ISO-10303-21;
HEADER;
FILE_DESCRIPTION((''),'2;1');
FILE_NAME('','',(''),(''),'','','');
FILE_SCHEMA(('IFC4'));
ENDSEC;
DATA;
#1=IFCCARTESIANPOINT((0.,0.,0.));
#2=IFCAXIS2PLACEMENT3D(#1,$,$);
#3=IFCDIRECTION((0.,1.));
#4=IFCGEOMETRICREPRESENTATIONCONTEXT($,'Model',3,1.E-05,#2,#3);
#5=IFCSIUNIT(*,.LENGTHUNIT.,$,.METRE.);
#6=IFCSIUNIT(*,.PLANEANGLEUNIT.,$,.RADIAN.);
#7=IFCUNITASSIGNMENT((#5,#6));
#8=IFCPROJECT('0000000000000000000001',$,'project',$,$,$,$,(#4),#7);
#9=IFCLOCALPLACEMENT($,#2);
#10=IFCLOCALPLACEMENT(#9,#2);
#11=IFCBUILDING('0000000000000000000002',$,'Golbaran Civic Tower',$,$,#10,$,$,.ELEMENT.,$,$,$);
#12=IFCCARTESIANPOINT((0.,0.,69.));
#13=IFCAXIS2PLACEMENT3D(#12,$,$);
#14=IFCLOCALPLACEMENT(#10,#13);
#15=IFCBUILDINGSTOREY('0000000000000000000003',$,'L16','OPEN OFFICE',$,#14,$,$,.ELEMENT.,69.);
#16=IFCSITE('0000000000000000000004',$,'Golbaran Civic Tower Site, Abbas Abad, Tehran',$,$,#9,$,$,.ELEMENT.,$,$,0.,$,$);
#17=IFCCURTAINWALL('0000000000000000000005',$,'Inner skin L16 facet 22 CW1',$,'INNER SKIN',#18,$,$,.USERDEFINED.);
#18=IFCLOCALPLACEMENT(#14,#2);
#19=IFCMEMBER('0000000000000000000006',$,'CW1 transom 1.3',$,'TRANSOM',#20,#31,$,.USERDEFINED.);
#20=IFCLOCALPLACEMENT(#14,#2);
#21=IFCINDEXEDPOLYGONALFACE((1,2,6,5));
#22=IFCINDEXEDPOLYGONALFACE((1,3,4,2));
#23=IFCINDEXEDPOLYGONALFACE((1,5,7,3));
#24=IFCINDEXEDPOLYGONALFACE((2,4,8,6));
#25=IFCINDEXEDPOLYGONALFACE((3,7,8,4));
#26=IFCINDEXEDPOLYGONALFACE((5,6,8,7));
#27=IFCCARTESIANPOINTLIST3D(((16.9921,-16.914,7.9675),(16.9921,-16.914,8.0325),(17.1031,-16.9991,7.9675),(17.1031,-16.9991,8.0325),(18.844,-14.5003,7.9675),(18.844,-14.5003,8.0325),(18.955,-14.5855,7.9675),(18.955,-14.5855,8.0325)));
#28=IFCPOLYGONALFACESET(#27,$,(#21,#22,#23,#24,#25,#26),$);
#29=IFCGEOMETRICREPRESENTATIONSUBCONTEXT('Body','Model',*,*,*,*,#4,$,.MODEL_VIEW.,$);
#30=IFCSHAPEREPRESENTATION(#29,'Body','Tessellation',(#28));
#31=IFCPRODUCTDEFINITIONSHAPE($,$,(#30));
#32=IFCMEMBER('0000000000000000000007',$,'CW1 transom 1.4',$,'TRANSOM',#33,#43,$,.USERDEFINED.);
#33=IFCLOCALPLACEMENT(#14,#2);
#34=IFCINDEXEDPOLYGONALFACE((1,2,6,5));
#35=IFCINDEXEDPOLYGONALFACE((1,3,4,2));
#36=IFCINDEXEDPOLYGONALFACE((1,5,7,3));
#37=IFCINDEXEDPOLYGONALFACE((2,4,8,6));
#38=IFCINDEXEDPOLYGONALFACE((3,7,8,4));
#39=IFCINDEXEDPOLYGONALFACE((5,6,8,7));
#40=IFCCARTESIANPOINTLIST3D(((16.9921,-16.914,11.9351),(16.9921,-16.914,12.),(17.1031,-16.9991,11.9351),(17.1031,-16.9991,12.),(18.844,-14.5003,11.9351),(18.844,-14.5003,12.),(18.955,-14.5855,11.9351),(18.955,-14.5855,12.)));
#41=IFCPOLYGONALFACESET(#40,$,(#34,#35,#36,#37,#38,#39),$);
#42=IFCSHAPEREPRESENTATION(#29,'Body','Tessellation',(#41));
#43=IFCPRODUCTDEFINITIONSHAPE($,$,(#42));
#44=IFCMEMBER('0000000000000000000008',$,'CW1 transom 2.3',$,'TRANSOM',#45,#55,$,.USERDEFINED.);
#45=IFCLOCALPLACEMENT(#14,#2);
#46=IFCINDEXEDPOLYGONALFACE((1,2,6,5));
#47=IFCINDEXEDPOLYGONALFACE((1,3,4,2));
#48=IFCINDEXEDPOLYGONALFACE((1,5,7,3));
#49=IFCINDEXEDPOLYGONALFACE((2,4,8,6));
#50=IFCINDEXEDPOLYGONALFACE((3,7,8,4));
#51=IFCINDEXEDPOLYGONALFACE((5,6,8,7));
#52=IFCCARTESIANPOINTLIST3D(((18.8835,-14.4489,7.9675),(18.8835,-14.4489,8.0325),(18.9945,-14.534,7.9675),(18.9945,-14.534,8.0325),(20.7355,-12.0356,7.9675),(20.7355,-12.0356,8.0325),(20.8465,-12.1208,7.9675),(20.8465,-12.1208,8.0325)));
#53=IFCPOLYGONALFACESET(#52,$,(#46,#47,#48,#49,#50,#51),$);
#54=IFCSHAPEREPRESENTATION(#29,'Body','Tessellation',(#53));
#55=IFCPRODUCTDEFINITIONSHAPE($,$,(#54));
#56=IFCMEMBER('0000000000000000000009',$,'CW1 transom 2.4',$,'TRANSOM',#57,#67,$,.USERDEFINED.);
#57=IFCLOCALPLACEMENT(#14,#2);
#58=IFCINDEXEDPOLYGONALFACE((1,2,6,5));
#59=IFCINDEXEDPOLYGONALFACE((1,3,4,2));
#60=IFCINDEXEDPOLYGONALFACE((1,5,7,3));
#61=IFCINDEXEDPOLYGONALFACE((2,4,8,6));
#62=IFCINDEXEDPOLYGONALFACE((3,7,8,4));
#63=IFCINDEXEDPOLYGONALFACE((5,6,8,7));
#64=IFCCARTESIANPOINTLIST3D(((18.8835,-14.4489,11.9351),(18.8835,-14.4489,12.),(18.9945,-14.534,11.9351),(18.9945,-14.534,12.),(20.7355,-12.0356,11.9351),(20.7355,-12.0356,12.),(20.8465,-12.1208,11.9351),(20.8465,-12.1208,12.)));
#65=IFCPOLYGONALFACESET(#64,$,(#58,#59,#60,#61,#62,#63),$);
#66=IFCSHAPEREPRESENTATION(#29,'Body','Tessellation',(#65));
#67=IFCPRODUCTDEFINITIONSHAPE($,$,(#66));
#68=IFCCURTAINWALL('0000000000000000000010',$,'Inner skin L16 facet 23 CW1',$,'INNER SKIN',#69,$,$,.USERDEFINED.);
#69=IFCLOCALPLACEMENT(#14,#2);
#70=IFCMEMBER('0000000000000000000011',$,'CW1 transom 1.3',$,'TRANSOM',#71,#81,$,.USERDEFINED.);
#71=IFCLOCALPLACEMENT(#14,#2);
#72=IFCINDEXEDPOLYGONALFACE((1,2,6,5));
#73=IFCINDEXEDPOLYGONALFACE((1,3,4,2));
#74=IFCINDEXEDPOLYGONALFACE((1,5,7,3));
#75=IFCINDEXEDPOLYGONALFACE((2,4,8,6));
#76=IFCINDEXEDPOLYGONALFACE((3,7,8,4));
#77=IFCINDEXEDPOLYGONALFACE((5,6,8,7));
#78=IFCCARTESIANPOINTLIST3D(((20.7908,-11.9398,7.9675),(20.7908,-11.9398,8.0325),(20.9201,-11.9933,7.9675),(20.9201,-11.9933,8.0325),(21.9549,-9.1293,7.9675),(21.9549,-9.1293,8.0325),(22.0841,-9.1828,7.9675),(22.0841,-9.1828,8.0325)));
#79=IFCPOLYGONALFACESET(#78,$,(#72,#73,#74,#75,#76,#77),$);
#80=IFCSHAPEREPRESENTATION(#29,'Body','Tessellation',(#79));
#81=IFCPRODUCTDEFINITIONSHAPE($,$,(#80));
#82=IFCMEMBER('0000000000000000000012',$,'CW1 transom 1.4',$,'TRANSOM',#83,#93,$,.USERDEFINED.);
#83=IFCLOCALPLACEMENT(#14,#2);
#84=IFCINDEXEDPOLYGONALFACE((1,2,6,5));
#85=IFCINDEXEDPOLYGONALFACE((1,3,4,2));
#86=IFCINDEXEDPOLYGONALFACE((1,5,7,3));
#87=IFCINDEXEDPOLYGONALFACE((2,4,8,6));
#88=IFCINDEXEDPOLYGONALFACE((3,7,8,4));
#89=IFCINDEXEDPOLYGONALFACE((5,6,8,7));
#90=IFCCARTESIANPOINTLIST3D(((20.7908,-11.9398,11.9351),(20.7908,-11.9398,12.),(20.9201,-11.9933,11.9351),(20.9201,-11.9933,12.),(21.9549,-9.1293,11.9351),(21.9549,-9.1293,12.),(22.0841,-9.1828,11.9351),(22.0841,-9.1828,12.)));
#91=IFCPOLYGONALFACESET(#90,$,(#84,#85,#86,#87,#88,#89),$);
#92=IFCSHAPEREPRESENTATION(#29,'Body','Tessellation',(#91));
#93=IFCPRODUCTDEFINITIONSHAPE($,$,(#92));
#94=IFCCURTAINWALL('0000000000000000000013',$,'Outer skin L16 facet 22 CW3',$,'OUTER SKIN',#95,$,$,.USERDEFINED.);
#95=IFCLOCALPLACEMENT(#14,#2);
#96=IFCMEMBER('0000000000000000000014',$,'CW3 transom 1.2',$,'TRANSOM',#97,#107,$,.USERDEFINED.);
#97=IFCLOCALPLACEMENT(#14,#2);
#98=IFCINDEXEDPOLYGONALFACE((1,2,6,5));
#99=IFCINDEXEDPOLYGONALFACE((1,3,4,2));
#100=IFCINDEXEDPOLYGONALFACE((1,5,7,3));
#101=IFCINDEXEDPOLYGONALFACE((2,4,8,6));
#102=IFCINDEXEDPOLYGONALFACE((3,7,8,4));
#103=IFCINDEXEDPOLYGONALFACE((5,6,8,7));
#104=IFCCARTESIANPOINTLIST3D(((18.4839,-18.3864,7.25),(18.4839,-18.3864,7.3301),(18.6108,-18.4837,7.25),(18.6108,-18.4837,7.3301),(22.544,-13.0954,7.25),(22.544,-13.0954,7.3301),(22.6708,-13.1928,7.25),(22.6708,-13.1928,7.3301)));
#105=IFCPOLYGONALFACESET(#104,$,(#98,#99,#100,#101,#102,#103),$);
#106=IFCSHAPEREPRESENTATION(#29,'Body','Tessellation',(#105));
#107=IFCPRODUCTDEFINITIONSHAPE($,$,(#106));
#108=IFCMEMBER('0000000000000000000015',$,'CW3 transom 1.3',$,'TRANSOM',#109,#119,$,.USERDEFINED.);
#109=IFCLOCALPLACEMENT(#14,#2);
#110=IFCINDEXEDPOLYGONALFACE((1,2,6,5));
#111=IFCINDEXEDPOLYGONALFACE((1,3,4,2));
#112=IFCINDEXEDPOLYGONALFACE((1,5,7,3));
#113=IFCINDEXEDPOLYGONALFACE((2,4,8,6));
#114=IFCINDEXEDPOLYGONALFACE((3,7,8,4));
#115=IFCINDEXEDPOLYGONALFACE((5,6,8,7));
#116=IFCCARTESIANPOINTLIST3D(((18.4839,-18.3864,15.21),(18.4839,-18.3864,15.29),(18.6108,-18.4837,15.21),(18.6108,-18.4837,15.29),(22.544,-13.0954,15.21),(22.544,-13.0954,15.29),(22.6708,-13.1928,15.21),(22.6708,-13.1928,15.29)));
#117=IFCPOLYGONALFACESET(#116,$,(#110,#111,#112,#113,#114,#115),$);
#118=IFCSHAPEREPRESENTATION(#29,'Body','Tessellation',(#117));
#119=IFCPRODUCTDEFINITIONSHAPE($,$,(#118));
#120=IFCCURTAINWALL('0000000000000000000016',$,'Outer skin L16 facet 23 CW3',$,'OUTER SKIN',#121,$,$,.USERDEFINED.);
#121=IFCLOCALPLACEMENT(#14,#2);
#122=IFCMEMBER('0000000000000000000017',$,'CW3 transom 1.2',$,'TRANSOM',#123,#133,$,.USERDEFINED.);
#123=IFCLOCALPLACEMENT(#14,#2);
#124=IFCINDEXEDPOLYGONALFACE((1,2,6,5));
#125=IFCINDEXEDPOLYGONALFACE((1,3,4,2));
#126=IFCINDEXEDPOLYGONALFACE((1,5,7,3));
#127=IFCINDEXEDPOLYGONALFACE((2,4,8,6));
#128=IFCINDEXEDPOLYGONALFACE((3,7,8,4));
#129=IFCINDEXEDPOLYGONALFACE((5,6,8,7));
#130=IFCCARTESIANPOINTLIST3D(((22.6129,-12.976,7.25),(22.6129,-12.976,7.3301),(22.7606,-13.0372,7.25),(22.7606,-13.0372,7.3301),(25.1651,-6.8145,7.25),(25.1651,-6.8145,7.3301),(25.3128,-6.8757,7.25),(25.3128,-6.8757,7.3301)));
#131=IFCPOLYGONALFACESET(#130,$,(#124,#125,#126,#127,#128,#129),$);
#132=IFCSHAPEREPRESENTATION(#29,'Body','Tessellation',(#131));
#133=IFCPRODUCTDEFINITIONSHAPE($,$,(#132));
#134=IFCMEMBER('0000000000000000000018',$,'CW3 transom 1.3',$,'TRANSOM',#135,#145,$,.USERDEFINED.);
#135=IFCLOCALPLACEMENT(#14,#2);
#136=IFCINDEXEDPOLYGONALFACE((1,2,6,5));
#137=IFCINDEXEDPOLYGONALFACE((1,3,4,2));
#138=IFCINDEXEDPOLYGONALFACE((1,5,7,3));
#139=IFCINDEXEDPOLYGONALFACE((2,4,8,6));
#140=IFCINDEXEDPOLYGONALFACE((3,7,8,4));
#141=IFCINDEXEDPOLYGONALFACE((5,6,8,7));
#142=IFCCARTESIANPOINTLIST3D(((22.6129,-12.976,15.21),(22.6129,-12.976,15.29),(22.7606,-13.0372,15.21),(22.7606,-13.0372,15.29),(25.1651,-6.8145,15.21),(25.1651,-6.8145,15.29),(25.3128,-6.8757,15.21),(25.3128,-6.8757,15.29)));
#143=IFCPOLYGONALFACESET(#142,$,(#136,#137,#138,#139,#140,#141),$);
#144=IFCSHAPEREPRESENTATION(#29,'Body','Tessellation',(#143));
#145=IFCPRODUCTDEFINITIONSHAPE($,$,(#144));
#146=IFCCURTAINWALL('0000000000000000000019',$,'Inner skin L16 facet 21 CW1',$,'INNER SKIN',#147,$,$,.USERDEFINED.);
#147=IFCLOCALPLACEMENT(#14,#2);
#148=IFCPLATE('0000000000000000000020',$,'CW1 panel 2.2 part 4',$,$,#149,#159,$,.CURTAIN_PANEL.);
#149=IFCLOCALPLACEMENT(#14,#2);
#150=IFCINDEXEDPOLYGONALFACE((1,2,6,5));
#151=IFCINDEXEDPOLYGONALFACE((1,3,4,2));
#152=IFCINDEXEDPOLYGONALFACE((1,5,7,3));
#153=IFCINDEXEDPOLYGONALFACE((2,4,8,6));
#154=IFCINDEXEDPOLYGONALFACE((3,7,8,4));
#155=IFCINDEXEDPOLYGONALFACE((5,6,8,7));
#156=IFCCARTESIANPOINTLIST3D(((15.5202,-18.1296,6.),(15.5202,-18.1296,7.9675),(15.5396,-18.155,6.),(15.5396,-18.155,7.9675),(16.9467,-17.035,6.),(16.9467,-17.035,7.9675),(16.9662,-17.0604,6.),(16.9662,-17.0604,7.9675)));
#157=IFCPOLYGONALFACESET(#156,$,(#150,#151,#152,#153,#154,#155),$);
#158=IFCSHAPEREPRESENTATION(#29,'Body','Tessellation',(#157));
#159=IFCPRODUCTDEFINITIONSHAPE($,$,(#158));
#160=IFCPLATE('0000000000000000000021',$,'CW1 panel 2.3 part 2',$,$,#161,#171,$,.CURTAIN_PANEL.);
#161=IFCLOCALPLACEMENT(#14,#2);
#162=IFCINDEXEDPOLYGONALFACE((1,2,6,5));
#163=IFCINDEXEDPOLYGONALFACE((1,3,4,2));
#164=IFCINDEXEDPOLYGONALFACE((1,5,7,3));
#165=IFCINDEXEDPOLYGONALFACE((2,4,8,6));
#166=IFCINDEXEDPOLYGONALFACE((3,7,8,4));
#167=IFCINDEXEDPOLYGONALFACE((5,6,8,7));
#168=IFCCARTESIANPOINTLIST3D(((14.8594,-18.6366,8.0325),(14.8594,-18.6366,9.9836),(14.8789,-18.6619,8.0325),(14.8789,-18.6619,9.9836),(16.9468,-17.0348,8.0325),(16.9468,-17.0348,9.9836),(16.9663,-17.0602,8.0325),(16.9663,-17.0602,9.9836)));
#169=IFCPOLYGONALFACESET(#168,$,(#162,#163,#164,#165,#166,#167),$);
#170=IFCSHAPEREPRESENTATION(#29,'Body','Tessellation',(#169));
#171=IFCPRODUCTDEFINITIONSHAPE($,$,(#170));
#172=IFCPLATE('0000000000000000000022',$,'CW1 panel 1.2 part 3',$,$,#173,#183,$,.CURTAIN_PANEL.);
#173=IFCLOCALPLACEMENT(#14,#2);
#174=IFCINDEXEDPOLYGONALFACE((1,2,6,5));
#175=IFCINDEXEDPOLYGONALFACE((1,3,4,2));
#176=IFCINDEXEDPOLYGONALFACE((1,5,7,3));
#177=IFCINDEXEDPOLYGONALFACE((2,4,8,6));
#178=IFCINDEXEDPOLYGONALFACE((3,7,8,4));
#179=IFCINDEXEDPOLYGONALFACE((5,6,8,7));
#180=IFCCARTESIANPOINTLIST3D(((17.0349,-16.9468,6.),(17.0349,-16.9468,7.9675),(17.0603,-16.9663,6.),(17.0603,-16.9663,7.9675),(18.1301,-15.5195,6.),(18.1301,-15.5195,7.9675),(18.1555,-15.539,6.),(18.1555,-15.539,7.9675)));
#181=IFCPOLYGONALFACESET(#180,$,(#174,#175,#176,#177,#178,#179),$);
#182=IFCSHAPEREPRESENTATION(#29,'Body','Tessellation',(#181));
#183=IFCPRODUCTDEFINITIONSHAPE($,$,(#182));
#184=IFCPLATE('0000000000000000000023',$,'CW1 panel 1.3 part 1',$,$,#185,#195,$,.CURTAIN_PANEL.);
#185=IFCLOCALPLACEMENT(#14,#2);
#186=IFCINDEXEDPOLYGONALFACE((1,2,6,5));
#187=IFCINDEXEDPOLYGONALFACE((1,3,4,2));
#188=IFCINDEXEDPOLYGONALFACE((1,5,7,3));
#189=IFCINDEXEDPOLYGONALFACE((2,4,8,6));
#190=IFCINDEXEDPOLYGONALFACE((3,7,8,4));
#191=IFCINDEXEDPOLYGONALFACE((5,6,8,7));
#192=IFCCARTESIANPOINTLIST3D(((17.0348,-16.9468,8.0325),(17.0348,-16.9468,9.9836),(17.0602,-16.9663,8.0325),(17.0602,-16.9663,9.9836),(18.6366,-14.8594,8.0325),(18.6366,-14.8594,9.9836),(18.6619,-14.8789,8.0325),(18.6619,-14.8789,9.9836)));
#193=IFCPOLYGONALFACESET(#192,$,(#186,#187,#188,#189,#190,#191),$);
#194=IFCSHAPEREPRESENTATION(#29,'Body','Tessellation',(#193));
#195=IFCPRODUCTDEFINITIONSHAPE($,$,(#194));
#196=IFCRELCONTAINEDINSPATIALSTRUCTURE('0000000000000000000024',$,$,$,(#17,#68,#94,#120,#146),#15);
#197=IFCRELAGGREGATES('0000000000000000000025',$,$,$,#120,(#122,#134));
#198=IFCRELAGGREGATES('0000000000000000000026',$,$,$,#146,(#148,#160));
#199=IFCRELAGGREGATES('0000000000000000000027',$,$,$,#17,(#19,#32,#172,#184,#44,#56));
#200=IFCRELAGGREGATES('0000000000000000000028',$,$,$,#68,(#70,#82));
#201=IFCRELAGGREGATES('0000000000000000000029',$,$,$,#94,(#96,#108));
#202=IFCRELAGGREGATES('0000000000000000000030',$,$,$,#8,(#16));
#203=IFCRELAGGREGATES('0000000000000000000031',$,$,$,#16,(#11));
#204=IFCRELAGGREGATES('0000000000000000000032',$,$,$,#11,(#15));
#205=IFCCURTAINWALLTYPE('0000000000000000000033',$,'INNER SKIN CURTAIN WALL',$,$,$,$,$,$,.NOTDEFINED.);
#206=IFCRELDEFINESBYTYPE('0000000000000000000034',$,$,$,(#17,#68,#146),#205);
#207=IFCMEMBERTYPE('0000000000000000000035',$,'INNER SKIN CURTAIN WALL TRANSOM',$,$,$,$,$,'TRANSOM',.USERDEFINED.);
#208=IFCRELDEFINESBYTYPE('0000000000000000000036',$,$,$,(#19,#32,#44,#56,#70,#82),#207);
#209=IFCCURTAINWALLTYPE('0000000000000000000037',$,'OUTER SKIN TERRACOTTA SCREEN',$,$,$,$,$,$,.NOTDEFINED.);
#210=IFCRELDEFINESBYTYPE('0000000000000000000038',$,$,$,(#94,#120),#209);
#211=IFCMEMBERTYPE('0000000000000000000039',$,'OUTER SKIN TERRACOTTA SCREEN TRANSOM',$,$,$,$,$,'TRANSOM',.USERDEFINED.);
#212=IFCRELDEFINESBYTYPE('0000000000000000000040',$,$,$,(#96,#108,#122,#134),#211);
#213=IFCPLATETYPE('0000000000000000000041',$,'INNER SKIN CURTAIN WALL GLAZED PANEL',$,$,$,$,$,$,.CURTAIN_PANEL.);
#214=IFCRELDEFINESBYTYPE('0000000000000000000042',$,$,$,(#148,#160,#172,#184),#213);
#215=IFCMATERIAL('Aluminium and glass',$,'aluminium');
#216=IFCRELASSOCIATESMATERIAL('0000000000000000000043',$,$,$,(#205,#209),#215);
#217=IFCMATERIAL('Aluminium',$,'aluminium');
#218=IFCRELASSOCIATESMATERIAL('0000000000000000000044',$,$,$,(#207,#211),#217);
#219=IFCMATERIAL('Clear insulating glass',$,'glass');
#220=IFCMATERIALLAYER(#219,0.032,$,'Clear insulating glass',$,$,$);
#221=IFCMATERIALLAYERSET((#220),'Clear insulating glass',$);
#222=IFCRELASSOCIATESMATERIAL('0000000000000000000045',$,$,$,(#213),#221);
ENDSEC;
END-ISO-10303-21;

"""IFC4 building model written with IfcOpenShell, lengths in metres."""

from ifc_helpers import new_model, si_unit, direction, frame, origin, origin_2d, place, context, subcontext, project, spatial, rectangle, extrude, material, layer, layer_set, material_profile, profile_set, type_object, element, aggregate, save


model = new_model("IFC4")

# Units and contexts
model_context = context("Model", 3, precision=1e-05, world=origin(), true_north=direction((0.0, 1.0)))
body_context = subcontext(model_context, "Body", "Model", "MODEL_VIEW")
ifc_project = project(units=[si_unit("LENGTHUNIT", "METRE"), si_unit("PLANEANGLEUNIT", "RADIAN")], contexts=[model_context])

# Site, building, storey
site_placement = place(None, origin())
site = spatial("IfcSite", under=ifc_project, at=site_placement, Name="Golbaran Civic Tower Site, Abbas Abad, Tehran", CompositionType="ELEMENT", RefElevation=0.0)
building_placement = place(site_placement, origin())
building = spatial("IfcBuilding", under=site, at=building_placement, Name="Golbaran Civic Tower", CompositionType="ELEMENT")
storey_placement = place(building_placement, frame((0.0, 0.0, 69.0)))
storey = spatial("IfcBuildingStorey", under=building, at=storey_placement, Name="L16", Description="OPEN OFFICE", CompositionType="ELEMENT", Elevation=69.0)

# Curtain walls, members
ifc_material_1 = material(Name="Aluminium and glass", Category="aluminium")
curtain_wall_type_1 = type_object("IfcCurtainWallType", Name="INNER SKIN CURTAIN WALL", PredefinedType="NOTDEFINED", material=ifc_material_1)
curtain_wall_1_placement = place(storey_placement, origin())
curtain_wall_1 = element("IfcCurtainWall", 1, at=curtain_wall_1_placement, inside=storey, type_object=curtain_wall_type_1, Name="Inner skin L16 facet 22 CW1", ObjectType="INNER SKIN", PredefinedType="USERDEFINED")
ifc_material_2 = material(Name="Aluminium", Category="aluminium")
ifc_material_profile_1 = material_profile(ifc_material_2, rectangle(XDim=0.1399, YDim=0.0649, at=origin_2d()), Name="INNER SKIN CURTAIN WALL TRANSOM")
ifc_profile_set_1 = profile_set([ifc_material_profile_1], Name="Aluminium")
member_type_1 = type_object("IfcMemberType", Name="INNER SKIN CURTAIN WALL TRANSOM", ElementType="TRANSOM", PredefinedType="USERDEFINED", material=ifc_profile_set_1)
member_1_placement = place(storey_placement, frame((17.0476, -16.9565, 8.0), z_axis=(0.608721, 0.793384, 0.0), x_axis=(-0.793384, 0.608721, 0.0)))
member_1 = element("IfcMember", 2, at=member_1_placement, type_object=member_type_1, Name="CW1 transom 1.3", ObjectType="TRANSOM", PredefinedType="USERDEFINED", context=body_context, shape_type="SweptSolid", body=[
    extrude(rectangle(XDim=0.1399, YDim=0.0649, at=origin_2d()), origin(), (0.0, 0.0, 1.0), 3.0422),
])
member_2_placement = place(storey_placement, frame((17.0476, -16.9565, 11.9675), z_axis=(0.608721, 0.793384, 0.0), x_axis=(-0.793384, 0.608721, 0.0)))
member_2 = element("IfcMember", 3, at=member_2_placement, type_object=member_type_1, Name="CW1 transom 1.4", ObjectType="TRANSOM", PredefinedType="USERDEFINED", context=body_context, shape_type="SweptSolid", body=[
    extrude(rectangle(XDim=0.1399, YDim=0.0649, at=origin_2d()), origin(), (0.0, 0.0, 1.0), 3.0422),
])
member_3_placement = place(storey_placement, frame((18.939, -14.4915, 8.0), z_axis=(0.608811, 0.793316, 0.0), x_axis=(-0.793316, 0.608811, 0.0)))
member_3 = element("IfcMember", 4, at=member_3_placement, type_object=member_type_1, Name="CW1 transom 2.3", ObjectType="TRANSOM", PredefinedType="USERDEFINED", context=body_context, shape_type="SweptSolid", body=[
    extrude(rectangle(XDim=0.1399, YDim=0.0649, at=origin_2d()), origin(), (0.0, 0.0, 1.0), 3.042),
])
member_4_placement = place(storey_placement, frame((18.939, -14.4915, 11.9675), z_axis=(0.608811, 0.793316, 0.0), x_axis=(-0.793316, 0.608811, 0.0)))
member_4 = element("IfcMember", 5, at=member_4_placement, type_object=member_type_1, Name="CW1 transom 2.4", ObjectType="TRANSOM", PredefinedType="USERDEFINED", context=body_context, shape_type="SweptSolid", body=[
    extrude(rectangle(XDim=0.1399, YDim=0.0649, at=origin_2d()), origin(), (0.0, 0.0, 1.0), 3.042),
])
curtain_wall_2_placement = place(storey_placement, origin())
curtain_wall_2 = element("IfcCurtainWall", 6, at=curtain_wall_2_placement, inside=storey, type_object=curtain_wall_type_1, Name="Inner skin L16 facet 23 CW1", ObjectType="INNER SKIN", PredefinedType="USERDEFINED")
member_5_placement = place(storey_placement, frame((20.8555, -11.9666, 8.0), z_axis=(0.382654, 0.923892, 0.0), x_axis=(-0.923892, 0.382654, 0.0)))
member_5 = element("IfcMember", 7, at=member_5_placement, type_object=member_type_1, Name="CW1 transom 1.3", ObjectType="TRANSOM", PredefinedType="USERDEFINED", context=body_context, shape_type="SweptSolid", body=[
    extrude(rectangle(XDim=0.1399, YDim=0.0649, at=origin_2d()), origin(), (0.0, 0.0, 1.0), 3.042),
])
member_6_placement = place(storey_placement, frame((20.8555, -11.9666, 11.9675), z_axis=(0.382654, 0.923892, 0.0), x_axis=(-0.923892, 0.382654, 0.0)))
member_6 = element("IfcMember", 8, at=member_6_placement, type_object=member_type_1, Name="CW1 transom 1.4", ObjectType="TRANSOM", PredefinedType="USERDEFINED", context=body_context, shape_type="SweptSolid", body=[
    extrude(rectangle(XDim=0.1399, YDim=0.0649, at=origin_2d()), origin(), (0.0, 0.0, 1.0), 3.042),
])
curtain_wall_type_2 = type_object("IfcCurtainWallType", Name="OUTER SKIN TERRACOTTA SCREEN", PredefinedType="NOTDEFINED", material=ifc_material_1)
curtain_wall_3_placement = place(storey_placement, origin())
curtain_wall_3 = element("IfcCurtainWall", 9, at=curtain_wall_3_placement, inside=storey, type_object=curtain_wall_type_2, Name="Outer skin L16 facet 22 CW3", ObjectType="OUTER SKIN", PredefinedType="USERDEFINED")
ifc_material_profile_2 = material_profile(ifc_material_2, rectangle(XDim=0.1599, YDim=0.0801, at=origin_2d()), Name="OUTER SKIN TERRACOTTA SCREEN TRANSOM")
ifc_profile_set_2 = profile_set([ifc_material_profile_2], Name="Aluminium")
member_type_2 = type_object("IfcMemberType", Name="OUTER SKIN TERRACOTTA SCREEN TRANSOM", ElementType="TRANSOM", PredefinedType="USERDEFINED", material=ifc_profile_set_2)
member_7_placement = place(storey_placement, frame((18.5474, -18.4351, 7.29), z_axis=(0.608773, 0.793345, 0.0), x_axis=(-0.793345, 0.608773, 0.0)))
member_7 = element("IfcMember", 10, at=member_7_placement, type_object=member_type_2, Name="CW3 transom 1.2", ObjectType="TRANSOM", PredefinedType="USERDEFINED", context=body_context, shape_type="SweptSolid", body=[
    extrude(rectangle(XDim=0.1599, YDim=0.0801, at=origin_2d()), origin(), (0.0, 0.0, 1.0), 6.6692),
])
member_8_placement = place(storey_placement, frame((18.5474, -18.4351, 15.25), z_axis=(0.608773, 0.793345, 0.0), x_axis=(-0.793345, 0.608773, 0.0)))
member_8 = element("IfcMember", 11, at=member_8_placement, type_object=member_type_2, Name="CW3 transom 1.3", ObjectType="TRANSOM", PredefinedType="USERDEFINED", context=body_context, shape_type="SweptSolid", body=[
    extrude(rectangle(XDim=0.1599, YDim=0.0801, at=origin_2d()), origin(), (0.0, 0.0, 1.0), 6.6692),
])
curtain_wall_4_placement = place(storey_placement, origin())
curtain_wall_4 = element("IfcCurtainWall", 12, at=curtain_wall_4_placement, inside=storey, type_object=curtain_wall_type_2, Name="Outer skin L16 facet 23 CW3", ObjectType="OUTER SKIN", PredefinedType="USERDEFINED")
member_9_placement = place(storey_placement, frame((22.6868, -13.0066, 7.29), z_axis=(0.382686, 0.923879, 0.0), x_axis=(-0.923879, 0.382686, 0.0)))
member_9 = element("IfcMember", 13, at=member_9_placement, type_object=member_type_2, Name="CW3 transom 1.2", ObjectType="TRANSOM", PredefinedType="USERDEFINED", context=body_context, shape_type="SweptSolid", body=[
    extrude(rectangle(XDim=0.1599, YDim=0.0801, at=origin_2d()), origin(), (0.0, 0.0, 1.0), 6.6692),
])
member_10_placement = place(storey_placement, frame((22.6868, -13.0066, 15.25), z_axis=(0.382686, 0.923879, 0.0), x_axis=(-0.923879, 0.382686, 0.0)))
member_10 = element("IfcMember", 14, at=member_10_placement, type_object=member_type_2, Name="CW3 transom 1.3", ObjectType="TRANSOM", PredefinedType="USERDEFINED", context=body_context, shape_type="SweptSolid", body=[
    extrude(rectangle(XDim=0.1599, YDim=0.0801, at=origin_2d()), origin(), (0.0, 0.0, 1.0), 6.6692),
])
aggregate(curtain_wall_4, [member_9, member_10])

# Curtain wall, plates
curtain_wall_5_placement = place(storey_placement, origin())
curtain_wall_5 = element("IfcCurtainWall", 15, at=curtain_wall_5_placement, inside=storey, type_object=curtain_wall_type_1, Name="Inner skin L16 facet 21 CW1", ObjectType="INNER SKIN", PredefinedType="USERDEFINED")
ifc_material_3 = material(Name="Clear insulating glass", Category="glass")
ifc_layer_1 = layer(ifc_material_3, 0.032, Name="Clear insulating glass")
ifc_layer_set_1 = layer_set([ifc_layer_1], Name="Clear insulating glass")
plate_type_1 = type_object("IfcPlateType", Name="INNER SKIN CURTAIN WALL GLAZED PANEL", PredefinedType="CURTAIN_PANEL", material=ifc_layer_set_1)
plate_1_placement = place(storey_placement, frame((16.2432, -17.595, 6.0), z_axis=(0.0, 0.0, 1.0), x_axis=(0.793353, 0.608761, 0.0)))
plate_1 = element("IfcPlate", 16, at=plate_1_placement, type_object=plate_type_1, Name="CW1 panel 2.2 part 4", PredefinedType="CURTAIN_PANEL", context=body_context, shape_type="SweptSolid", body=[
    extrude(rectangle(XDim=1.7981, YDim=0.032, at=origin_2d()), origin(), (0.0, 0.0, 1.0), 1.9675),
])
plate_2_placement = place(storey_placement, frame((15.9128, -17.8484, 8.0325), z_axis=(0.0, 0.0, 1.0), x_axis=(0.793353, 0.608761, 0.0)))
plate_2 = element("IfcPlate", 17, at=plate_2_placement, type_object=plate_type_1, Name="CW1 panel 2.3 part 2", PredefinedType="CURTAIN_PANEL", context=body_context, shape_type="SweptSolid", body=[
    extrude(rectangle(XDim=2.6311, YDim=0.032, at=origin_2d()), origin(), (0.0, 0.0, 1.0), 1.9512),
])
aggregate(curtain_wall_5, [plate_1, plate_2])

# Plates
plate_3_placement = place(storey_placement, frame((17.5952, -16.2429, 6.0), z_axis=(0.0, 0.0, 1.0), x_axis=(0.608761, 0.793353, 0.0)))
plate_3 = element("IfcPlate", 18, at=plate_3_placement, type_object=plate_type_1, Name="CW1 panel 1.2 part 3", PredefinedType="CURTAIN_PANEL", context=body_context, shape_type="SweptSolid", body=[
    extrude(rectangle(XDim=1.7991, YDim=0.032, at=origin_2d()), origin(), (0.0, 0.0, 1.0), 1.9675),
])
plate_4_placement = place(storey_placement, frame((17.8484, -15.9128, 8.0325), z_axis=(0.0, 0.0, 1.0), x_axis=(0.608761, 0.793353, 0.0)))
plate_4 = element("IfcPlate", 19, at=plate_4_placement, type_object=plate_type_1, Name="CW1 panel 1.3 part 1", PredefinedType="CURTAIN_PANEL", context=body_context, shape_type="SweptSolid", body=[
    extrude(rectangle(XDim=2.6311, YDim=0.032, at=origin_2d()), origin(), (0.0, 0.0, 1.0), 1.9512),
])
aggregate(curtain_wall_1, [member_1, member_2, plate_3, plate_4, member_3, member_4])
aggregate(curtain_wall_2, [member_5, member_6])
aggregate(curtain_wall_3, [member_7, member_8])

save(model, "model.ifc")
